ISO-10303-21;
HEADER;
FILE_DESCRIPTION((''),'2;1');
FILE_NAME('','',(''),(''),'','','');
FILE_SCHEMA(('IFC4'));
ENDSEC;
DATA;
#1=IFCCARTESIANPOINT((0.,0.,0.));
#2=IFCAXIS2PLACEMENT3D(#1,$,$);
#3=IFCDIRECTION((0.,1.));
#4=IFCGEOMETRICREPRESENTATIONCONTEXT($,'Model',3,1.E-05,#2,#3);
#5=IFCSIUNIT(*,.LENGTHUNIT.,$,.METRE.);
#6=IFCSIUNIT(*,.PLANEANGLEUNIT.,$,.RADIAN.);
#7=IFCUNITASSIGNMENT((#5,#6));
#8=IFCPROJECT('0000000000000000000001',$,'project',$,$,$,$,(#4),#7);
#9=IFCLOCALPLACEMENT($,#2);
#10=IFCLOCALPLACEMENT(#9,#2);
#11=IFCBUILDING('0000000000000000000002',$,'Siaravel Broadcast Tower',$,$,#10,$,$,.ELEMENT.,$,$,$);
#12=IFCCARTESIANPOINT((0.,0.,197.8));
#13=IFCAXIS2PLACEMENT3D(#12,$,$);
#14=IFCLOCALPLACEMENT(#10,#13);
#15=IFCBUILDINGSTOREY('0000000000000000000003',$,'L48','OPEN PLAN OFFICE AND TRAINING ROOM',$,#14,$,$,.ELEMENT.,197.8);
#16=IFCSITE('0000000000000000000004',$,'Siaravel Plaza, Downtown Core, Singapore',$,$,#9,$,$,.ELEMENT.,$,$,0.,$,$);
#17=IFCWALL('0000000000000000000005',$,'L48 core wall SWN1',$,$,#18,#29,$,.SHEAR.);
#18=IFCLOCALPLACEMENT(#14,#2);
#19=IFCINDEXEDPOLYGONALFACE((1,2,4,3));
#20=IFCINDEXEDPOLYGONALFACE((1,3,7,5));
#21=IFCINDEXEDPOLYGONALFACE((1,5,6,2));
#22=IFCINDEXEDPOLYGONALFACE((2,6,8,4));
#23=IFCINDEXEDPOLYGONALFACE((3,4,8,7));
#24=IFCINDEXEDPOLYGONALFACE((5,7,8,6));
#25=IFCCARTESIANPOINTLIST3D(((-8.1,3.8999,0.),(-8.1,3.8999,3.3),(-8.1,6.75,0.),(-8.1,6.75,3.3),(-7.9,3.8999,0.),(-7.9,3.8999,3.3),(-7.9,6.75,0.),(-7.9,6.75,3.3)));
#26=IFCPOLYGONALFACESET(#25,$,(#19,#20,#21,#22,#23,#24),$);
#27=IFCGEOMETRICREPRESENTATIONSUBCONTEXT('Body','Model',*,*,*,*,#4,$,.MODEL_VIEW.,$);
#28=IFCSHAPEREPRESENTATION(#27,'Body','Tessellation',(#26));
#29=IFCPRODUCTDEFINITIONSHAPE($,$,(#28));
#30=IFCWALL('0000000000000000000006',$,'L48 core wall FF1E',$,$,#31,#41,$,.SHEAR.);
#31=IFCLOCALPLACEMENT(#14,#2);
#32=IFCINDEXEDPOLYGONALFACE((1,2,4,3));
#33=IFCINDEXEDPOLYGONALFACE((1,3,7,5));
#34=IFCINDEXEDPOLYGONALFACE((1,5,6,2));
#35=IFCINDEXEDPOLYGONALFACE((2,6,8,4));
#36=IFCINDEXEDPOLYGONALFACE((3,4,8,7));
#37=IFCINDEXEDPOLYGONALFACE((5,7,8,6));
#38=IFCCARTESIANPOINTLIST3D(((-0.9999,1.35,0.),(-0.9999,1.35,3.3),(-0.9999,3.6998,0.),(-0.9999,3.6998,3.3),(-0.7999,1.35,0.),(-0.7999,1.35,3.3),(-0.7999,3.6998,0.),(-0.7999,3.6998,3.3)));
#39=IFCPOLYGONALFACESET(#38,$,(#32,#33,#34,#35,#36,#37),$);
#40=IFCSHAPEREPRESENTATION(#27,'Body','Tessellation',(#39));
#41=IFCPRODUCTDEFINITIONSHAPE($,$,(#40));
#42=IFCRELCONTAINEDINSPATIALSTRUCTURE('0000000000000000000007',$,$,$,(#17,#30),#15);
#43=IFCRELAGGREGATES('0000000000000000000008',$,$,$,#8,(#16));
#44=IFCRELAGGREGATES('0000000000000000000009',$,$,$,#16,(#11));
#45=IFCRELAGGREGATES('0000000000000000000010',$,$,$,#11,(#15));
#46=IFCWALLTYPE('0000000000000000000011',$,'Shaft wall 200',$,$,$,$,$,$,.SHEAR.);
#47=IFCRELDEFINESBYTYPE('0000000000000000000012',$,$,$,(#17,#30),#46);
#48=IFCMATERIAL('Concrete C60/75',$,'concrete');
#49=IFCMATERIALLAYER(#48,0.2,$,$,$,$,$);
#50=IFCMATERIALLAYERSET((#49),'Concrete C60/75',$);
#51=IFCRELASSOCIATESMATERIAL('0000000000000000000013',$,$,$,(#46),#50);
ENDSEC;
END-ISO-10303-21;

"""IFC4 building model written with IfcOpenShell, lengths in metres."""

from ifc_helpers import new_model, si_unit, direction, frame, frame_2d, origin, place, context, subcontext, project, spatial, rectangle, extrude, material, layer, layer_set, type_object, element, save


model = new_model("IFC4")

# Units and contexts
model_context = context("Model", 3, precision=1e-05, world=origin(), true_north=direction((0.0, 1.0)))
body_context = subcontext(model_context, "Body", "Model", "MODEL_VIEW")
ifc_project = project(units=[si_unit("LENGTHUNIT", "METRE"), si_unit("PLANEANGLEUNIT", "RADIAN")], contexts=[model_context])

# Site, building, storey
site_placement = place(None, origin())
site = spatial("IfcSite", under=ifc_project, at=site_placement, Name="Siaravel Plaza, Downtown Core, Singapore", CompositionType="ELEMENT", RefElevation=0.0)
building_placement = place(site_placement, origin())
building = spatial("IfcBuilding", under=site, at=building_placement, Name="Siaravel Broadcast Tower", CompositionType="ELEMENT")
storey_placement = place(building_placement, frame((0.0, 0.0, 197.8)))
storey = spatial("IfcBuildingStorey", under=building, at=storey_placement, Name="L48", Description="OPEN PLAN OFFICE AND TRAINING ROOM", CompositionType="ELEMENT", Elevation=197.8)

# Shared definitions
ifc_material_1 = material(Name="Concrete C60/75", Category="concrete")

# Walls
ifc_layer_1 = layer(ifc_material_1, 0.2)
ifc_layer_set_1 = layer_set([ifc_layer_1], Name="Concrete C60/75")
wall_type_1 = type_object("IfcWallType", Name="Shaft wall 200", PredefinedType="SHEAR", material=ifc_layer_set_1)
for number, where, z_axis, x_axis, name in (
    (1, (-8.0, 3.8999, 0.0), (0.0, 0.0, 1.0), (0.0, 1.0, 0.0), "L48 core wall SWN1"),
):
    element("IfcWall", number, at=place(storey_placement, frame(where, z_axis=z_axis, x_axis=x_axis)), inside=storey, type_object=wall_type_1, Name=name, PredefinedType="SHEAR", context=body_context, shape_type="SweptSolid", body=[
        extrude(rectangle(XDim=2.8501, YDim=0.2, at=frame_2d((1.425, 0.0))), origin(), (0.0, 0.0, 1.0), 3.3),
    ])
wall_1_placement = place(storey_placement, frame((-0.8999, 1.3501, 0.0), z_axis=(0.0, 0.0, 1.0), x_axis=(0.0, 1.0, 0.0)))
element("IfcWall", 2, at=wall_1_placement, inside=storey, type_object=wall_type_1, Name="L48 core wall FF1E", PredefinedType="SHEAR", context=body_context, shape_type="SweptSolid", body=[
    extrude(rectangle(XDim=2.3499, YDim=0.2, at=frame_2d((1.1748, 0.0))), origin(), (0.0, 0.0, 1.0), 3.3),
])

save(model, "model.ifc")
